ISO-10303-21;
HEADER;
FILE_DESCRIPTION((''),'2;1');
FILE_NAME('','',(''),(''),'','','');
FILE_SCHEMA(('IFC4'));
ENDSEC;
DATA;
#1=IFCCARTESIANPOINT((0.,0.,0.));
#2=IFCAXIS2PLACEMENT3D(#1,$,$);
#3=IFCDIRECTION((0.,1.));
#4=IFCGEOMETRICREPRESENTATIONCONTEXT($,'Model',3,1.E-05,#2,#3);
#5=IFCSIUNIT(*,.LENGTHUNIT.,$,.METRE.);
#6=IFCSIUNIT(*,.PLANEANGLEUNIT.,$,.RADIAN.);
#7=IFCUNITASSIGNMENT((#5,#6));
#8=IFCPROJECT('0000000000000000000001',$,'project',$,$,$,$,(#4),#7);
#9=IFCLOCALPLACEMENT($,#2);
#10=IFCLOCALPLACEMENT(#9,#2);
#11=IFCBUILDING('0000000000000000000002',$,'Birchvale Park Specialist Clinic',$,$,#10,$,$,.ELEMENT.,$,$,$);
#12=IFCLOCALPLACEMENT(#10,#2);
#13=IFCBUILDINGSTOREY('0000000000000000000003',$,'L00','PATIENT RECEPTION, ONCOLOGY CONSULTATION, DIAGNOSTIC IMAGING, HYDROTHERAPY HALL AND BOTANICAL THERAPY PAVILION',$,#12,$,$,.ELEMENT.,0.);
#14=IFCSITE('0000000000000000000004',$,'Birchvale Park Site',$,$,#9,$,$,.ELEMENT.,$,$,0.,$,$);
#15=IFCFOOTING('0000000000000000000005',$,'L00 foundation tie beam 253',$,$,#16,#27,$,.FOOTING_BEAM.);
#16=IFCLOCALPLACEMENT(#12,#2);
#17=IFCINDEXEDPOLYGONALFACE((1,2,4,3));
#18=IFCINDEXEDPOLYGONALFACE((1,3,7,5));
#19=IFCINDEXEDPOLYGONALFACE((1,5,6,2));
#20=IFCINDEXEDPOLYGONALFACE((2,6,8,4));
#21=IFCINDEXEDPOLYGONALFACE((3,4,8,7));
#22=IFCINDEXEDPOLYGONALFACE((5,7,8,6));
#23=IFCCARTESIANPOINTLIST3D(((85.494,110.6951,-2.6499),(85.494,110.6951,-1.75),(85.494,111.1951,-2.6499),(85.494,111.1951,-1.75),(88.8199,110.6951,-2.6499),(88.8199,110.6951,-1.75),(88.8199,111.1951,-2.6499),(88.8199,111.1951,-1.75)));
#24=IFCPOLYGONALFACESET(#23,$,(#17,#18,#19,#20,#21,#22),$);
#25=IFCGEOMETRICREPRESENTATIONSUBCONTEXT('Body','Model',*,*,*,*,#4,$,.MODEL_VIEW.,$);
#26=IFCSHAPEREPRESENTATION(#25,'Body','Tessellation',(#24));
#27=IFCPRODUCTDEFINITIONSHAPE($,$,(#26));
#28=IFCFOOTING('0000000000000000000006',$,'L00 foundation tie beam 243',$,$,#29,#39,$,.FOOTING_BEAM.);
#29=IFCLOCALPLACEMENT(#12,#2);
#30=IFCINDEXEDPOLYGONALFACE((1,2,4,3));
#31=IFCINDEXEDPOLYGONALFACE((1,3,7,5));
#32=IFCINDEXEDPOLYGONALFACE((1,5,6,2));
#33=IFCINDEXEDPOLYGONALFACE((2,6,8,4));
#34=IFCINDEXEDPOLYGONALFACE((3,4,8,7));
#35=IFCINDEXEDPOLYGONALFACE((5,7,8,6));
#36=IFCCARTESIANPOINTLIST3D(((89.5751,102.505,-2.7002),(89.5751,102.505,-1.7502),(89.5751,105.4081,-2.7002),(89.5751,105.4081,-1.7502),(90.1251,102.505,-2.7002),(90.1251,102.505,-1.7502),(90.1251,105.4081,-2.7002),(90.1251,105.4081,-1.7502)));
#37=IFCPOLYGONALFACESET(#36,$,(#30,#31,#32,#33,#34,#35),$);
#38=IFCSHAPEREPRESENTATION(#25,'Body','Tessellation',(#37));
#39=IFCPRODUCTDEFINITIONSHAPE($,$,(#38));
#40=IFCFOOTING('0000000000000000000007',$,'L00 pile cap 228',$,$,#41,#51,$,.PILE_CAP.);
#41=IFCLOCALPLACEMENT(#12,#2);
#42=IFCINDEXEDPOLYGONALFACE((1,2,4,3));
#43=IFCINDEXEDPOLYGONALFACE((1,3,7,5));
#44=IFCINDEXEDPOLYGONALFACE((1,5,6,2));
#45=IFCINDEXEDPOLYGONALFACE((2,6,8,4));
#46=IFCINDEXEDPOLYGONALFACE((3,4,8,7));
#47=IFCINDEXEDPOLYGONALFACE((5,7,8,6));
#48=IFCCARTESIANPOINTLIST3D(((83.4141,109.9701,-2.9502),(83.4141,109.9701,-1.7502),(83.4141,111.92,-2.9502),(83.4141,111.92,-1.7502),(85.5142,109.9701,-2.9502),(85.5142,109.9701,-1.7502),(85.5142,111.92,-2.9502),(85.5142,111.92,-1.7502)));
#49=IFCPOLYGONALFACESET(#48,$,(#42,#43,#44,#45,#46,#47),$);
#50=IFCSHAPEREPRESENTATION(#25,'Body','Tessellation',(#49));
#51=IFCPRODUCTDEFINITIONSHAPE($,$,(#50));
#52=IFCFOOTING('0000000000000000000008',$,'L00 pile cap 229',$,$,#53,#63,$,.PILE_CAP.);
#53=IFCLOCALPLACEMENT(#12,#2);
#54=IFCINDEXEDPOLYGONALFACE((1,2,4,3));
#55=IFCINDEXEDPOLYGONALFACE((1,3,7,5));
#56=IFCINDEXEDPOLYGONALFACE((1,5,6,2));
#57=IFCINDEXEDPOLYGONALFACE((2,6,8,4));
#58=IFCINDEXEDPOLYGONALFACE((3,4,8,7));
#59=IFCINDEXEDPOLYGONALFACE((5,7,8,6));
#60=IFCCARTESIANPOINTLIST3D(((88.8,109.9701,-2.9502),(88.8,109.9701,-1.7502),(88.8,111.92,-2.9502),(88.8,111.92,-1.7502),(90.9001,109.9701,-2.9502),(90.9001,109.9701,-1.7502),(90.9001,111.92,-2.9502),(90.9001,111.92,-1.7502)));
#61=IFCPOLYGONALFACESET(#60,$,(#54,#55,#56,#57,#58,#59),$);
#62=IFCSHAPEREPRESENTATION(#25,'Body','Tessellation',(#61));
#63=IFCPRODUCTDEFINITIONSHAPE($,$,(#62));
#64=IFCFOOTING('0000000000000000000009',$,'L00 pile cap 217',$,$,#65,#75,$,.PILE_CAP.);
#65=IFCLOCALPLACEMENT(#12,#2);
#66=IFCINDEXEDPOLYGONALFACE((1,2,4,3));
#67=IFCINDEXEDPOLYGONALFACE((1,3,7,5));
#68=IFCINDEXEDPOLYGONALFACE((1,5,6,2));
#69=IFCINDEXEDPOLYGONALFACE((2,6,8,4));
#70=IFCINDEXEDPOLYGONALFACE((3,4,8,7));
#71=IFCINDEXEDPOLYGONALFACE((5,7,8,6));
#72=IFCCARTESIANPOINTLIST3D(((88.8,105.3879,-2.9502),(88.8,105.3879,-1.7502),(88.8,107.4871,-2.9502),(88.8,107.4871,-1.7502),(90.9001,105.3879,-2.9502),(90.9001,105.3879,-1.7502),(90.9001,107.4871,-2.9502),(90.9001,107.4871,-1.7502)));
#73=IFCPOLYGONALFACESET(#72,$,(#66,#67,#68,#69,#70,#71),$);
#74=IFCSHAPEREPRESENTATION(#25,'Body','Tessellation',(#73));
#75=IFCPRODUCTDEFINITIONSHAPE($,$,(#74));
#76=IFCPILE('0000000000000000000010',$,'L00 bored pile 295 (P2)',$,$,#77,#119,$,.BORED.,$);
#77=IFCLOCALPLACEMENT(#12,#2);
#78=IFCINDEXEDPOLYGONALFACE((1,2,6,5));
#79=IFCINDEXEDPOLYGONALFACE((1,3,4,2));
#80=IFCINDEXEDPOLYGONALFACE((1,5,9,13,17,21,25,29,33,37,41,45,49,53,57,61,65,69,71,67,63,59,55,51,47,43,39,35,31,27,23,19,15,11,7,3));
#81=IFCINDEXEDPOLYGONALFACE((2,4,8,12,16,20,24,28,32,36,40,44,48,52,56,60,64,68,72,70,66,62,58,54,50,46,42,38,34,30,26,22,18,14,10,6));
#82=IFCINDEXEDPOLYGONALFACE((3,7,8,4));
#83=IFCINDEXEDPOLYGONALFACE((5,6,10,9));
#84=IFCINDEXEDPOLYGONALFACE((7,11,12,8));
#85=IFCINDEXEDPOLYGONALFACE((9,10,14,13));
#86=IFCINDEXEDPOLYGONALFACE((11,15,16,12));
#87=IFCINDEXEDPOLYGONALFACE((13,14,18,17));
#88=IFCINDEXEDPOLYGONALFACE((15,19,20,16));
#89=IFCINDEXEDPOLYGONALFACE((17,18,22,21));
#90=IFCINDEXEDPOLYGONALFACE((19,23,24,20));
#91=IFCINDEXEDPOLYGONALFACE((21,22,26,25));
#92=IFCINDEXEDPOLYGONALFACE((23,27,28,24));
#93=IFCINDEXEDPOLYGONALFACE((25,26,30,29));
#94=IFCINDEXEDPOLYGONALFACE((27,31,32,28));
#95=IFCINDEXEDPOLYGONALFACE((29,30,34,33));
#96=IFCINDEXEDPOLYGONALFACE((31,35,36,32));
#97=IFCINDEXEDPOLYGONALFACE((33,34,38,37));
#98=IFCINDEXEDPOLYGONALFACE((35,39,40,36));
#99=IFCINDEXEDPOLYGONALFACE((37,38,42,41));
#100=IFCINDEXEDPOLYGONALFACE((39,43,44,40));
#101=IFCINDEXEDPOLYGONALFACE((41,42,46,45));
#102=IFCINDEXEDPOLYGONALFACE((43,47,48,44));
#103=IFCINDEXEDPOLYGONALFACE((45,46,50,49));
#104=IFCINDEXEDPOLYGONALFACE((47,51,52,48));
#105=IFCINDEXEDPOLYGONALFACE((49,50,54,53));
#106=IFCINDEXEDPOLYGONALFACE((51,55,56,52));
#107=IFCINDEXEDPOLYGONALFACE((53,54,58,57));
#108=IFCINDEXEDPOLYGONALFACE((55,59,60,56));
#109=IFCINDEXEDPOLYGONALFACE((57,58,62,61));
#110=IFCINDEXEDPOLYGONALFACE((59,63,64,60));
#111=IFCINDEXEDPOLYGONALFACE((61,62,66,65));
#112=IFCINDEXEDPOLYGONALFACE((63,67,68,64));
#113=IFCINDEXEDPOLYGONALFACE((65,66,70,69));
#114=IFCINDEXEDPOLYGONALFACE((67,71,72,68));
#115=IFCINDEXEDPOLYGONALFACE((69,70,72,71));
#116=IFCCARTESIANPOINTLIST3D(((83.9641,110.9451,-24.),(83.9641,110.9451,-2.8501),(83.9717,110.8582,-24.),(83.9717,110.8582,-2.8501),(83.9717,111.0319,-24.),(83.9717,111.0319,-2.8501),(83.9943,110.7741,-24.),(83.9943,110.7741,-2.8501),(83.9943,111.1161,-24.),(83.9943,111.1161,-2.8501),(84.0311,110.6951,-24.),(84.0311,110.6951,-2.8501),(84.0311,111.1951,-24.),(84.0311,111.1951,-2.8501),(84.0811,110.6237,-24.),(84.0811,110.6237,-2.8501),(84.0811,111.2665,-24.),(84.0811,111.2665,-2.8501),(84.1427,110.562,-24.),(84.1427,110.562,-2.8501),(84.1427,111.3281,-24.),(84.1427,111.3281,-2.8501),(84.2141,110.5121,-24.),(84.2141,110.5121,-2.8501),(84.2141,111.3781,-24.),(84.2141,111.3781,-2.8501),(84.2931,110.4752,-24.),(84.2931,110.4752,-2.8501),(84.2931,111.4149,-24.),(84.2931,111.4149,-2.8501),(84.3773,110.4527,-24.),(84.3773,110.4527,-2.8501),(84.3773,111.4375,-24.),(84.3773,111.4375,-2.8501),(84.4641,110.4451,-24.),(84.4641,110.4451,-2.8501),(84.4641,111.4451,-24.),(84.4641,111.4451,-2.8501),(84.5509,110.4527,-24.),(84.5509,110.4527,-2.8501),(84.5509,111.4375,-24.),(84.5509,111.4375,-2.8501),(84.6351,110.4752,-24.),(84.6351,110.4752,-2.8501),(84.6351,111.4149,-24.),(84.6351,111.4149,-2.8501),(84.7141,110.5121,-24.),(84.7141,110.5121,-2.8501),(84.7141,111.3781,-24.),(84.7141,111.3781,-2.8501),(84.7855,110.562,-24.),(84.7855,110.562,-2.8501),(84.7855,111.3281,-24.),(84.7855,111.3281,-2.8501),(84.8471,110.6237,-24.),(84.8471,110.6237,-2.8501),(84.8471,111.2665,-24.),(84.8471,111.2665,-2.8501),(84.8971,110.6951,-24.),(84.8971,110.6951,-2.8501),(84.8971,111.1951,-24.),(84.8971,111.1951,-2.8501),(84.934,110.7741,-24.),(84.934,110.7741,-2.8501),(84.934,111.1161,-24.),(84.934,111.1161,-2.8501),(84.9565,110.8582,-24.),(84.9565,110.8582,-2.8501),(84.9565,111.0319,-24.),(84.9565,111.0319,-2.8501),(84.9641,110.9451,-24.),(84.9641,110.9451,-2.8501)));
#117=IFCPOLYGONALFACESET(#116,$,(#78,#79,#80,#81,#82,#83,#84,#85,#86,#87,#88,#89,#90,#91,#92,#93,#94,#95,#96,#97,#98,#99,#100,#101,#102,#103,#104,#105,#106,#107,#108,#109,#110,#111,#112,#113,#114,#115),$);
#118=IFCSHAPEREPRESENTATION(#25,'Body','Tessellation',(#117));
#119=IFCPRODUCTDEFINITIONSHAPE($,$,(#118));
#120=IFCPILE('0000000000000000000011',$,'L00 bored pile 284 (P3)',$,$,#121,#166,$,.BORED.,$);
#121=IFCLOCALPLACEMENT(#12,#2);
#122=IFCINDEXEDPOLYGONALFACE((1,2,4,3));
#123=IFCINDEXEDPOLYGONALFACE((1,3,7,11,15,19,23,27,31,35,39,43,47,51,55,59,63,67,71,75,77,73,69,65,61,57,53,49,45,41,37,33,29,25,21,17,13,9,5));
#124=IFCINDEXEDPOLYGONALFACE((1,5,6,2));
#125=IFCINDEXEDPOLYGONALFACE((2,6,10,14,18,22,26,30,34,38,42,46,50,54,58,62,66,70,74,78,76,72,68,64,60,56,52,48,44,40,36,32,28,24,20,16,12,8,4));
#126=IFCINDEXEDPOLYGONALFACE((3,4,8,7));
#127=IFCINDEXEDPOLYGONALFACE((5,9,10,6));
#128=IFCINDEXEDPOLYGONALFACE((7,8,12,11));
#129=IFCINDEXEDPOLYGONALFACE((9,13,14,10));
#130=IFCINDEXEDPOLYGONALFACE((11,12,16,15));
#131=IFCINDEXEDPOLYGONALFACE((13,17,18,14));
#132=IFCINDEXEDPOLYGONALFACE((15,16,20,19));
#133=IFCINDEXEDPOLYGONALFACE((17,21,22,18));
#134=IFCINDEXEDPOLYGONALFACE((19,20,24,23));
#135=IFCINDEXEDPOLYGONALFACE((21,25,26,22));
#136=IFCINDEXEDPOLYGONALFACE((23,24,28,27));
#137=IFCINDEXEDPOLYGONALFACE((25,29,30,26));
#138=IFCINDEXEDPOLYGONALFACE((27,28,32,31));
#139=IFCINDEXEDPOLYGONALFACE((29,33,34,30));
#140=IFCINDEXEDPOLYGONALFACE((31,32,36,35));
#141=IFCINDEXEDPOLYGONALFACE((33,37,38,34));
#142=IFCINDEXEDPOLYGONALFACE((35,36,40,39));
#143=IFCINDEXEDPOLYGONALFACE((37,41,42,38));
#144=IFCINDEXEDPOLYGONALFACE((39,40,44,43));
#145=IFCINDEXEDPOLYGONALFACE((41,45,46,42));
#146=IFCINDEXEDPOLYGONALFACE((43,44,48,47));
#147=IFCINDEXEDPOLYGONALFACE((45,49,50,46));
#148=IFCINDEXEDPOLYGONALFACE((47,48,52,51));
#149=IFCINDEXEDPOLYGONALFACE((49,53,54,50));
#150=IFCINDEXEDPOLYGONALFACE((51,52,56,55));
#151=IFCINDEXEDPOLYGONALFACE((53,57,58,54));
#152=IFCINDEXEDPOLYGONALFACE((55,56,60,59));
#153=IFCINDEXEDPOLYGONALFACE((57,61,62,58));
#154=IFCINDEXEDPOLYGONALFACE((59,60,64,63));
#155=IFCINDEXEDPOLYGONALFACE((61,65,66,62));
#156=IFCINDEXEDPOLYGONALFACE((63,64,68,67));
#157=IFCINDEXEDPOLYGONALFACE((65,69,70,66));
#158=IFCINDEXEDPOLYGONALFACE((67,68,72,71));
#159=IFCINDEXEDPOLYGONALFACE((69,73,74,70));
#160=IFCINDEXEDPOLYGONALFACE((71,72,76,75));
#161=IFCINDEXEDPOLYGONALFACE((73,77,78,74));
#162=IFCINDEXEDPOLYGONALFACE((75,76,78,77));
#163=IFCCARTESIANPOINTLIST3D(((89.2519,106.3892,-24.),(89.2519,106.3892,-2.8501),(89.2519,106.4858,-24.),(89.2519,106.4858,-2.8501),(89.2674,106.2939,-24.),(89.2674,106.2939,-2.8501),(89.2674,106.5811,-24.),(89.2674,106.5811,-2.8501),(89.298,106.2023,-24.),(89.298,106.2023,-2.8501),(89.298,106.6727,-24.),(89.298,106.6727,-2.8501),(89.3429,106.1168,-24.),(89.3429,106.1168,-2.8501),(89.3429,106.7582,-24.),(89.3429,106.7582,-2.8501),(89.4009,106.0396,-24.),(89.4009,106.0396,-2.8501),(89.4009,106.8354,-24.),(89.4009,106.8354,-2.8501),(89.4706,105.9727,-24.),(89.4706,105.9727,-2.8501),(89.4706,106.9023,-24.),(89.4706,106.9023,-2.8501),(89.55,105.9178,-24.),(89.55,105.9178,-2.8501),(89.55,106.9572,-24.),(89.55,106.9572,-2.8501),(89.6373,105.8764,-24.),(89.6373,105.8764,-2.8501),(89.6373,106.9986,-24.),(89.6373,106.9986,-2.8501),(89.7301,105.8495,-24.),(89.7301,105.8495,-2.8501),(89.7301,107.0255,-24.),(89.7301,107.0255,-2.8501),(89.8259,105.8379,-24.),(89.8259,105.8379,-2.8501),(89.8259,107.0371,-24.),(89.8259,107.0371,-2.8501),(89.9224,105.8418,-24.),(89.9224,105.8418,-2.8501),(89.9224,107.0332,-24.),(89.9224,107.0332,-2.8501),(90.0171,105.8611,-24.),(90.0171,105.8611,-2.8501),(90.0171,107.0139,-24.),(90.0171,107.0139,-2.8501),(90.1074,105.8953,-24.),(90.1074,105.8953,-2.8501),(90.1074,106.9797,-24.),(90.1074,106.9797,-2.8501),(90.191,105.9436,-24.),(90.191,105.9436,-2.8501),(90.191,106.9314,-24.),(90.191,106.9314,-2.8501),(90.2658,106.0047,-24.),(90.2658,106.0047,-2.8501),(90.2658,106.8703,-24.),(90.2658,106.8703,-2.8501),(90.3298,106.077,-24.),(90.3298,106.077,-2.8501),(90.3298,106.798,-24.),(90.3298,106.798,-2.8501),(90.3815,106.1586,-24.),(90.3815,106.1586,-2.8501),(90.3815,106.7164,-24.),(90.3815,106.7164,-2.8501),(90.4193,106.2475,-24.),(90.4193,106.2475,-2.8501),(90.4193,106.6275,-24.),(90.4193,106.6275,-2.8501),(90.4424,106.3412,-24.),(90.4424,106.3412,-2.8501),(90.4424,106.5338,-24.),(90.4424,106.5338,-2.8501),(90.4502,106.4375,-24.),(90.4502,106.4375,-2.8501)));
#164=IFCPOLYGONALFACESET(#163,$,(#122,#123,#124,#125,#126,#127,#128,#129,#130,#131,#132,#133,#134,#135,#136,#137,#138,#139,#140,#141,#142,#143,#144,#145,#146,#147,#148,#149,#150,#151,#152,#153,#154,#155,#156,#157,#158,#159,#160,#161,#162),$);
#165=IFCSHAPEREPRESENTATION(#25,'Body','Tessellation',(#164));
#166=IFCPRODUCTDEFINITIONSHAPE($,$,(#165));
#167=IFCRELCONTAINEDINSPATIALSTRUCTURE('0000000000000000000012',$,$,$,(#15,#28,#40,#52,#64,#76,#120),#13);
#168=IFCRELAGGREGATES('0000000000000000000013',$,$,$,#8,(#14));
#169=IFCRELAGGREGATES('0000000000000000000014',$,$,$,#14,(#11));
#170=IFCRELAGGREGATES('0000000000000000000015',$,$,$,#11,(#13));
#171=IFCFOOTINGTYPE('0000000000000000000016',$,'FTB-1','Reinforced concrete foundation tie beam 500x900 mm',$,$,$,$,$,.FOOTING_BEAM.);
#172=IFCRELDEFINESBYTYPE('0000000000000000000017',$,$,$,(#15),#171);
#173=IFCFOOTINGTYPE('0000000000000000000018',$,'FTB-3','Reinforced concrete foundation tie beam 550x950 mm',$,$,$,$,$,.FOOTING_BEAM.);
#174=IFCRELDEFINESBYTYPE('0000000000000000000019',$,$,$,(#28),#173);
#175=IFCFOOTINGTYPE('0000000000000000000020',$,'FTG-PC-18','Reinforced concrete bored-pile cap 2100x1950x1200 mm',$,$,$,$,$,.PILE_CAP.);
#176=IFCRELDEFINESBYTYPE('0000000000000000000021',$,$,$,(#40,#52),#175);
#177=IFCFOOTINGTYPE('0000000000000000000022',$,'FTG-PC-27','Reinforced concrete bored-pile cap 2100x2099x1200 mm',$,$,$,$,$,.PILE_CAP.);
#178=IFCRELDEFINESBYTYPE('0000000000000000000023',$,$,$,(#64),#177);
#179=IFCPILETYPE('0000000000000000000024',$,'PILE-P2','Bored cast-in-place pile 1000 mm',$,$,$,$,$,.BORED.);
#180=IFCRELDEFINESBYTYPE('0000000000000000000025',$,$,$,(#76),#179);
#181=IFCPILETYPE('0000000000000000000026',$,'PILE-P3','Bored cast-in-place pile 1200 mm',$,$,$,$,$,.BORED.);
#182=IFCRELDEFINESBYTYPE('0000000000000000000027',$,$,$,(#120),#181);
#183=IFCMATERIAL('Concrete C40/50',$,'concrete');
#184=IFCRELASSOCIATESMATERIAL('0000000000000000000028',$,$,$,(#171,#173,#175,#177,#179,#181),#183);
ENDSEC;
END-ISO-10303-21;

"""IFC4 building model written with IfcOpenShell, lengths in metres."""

from ifc_helpers import new_model, si_unit, direction, frame, origin, origin_2d, place, context, subcontext, project, spatial, rectangle, circle, extrude, material, material_profile, profile_set, type_object, element, save


model = new_model("IFC4")

# Units and contexts
model_context = context("Model", 3, precision=1e-05, world=origin(), true_north=direction((0.0, 1.0)))
body_context = subcontext(model_context, "Body", "Model", "MODEL_VIEW")
ifc_project = project(units=[si_unit("LENGTHUNIT", "METRE"), si_unit("PLANEANGLEUNIT", "RADIAN")], contexts=[model_context])

# Site, building, storey
site_placement = place(None, origin())
site = spatial("IfcSite", under=ifc_project, at=site_placement, Name="Birchvale Park Site", CompositionType="ELEMENT", RefElevation=0.0)
building_placement = place(site_placement, origin())
building = spatial("IfcBuilding", under=site, at=building_placement, Name="Birchvale Park Specialist Clinic", CompositionType="ELEMENT")
storey_placement = place(building_placement, origin())
storey = spatial("IfcBuildingStorey", under=building, at=storey_placement, Name="L00", Description="PATIENT RECEPTION, ONCOLOGY CONSULTATION, DIAGNOSTIC IMAGING, HYDROTHERAPY HALL AND BOTANICAL THERAPY PAVILION", CompositionType="ELEMENT", Elevation=0.0)

# Footings
ifc_material_1 = material(Name="Concrete C40/50", Category="concrete")
footing_type_1 = type_object("IfcFootingType", Name="FTB-1", Description="Reinforced concrete foundation tie beam 500x900 mm", PredefinedType="FOOTING_BEAM", material=ifc_material_1)
footing_1_placement = place(storey_placement, frame((87.157, 110.9451, -2.6499), z_axis=(0.0, 0.0, 1.0), x_axis=(1.0, 0.0, 0.0)))
element("IfcFooting", 1, at=footing_1_placement, inside=storey, type_object=footing_type_1, Name="L00 foundation tie beam 253", PredefinedType="FOOTING_BEAM", context=body_context, shape_type="SweptSolid", body=[
    extrude(rectangle(XDim=3.3259, YDim=0.5, at=origin_2d()), origin(), (0.0, 0.0, 1.0), 0.8999),
])
footing_type_2 = type_object("IfcFootingType", Name="FTB-3", Description="Reinforced concrete foundation tie beam 550x950 mm", PredefinedType="FOOTING_BEAM", material=ifc_material_1)
footing_2_placement = place(storey_placement, frame((89.8501, 103.9565, -2.7002), z_axis=(0.0, 0.0, 1.0), x_axis=(1.0, 0.0, 0.0)))
element("IfcFooting", 2, at=footing_2_placement, inside=storey, type_object=footing_type_2, Name="L00 foundation tie beam 243", PredefinedType="FOOTING_BEAM", context=body_context, shape_type="SweptSolid", body=[
    extrude(rectangle(XDim=0.55, YDim=2.9031, at=origin_2d()), origin(), (0.0, 0.0, 1.0), 0.95),
])
footing_type_3 = type_object("IfcFootingType", Name="FTG-PC-18", Description="Reinforced concrete bored-pile cap 2100x1950x1200 mm", PredefinedType="PILE_CAP", material=ifc_material_1)
for number, where, z_axis, x_axis, name in (
    (3, (84.4641, 110.9451, -2.9502), (0.0, 0.0, 1.0), (1.0, 0.0, 0.0), "L00 pile cap 228"),
    (4, (89.8501, 110.9451, -2.9502), (0.0, 0.0, 1.0), (1.0, 0.0, 0.0), "L00 pile cap 229"),
):
    element("IfcFooting", number, at=place(storey_placement, frame(where, z_axis=z_axis, x_axis=x_axis)), inside=storey, type_object=footing_type_3, Name=name, PredefinedType="PILE_CAP", context=body_context, shape_type="SweptSolid", body=[
        extrude(rectangle(XDim=2.1001, YDim=1.95, at=origin_2d()), origin(), (0.0, 0.0, 1.0), 1.2),
    ])
footing_type_4 = type_object("IfcFootingType", Name="FTG-PC-27", Description="Reinforced concrete bored-pile cap 2100x2099x1200 mm", PredefinedType="PILE_CAP", material=ifc_material_1)
footing_3_placement = place(storey_placement, frame((89.8501, 106.4375, -2.9502), z_axis=(0.0, 0.0, 1.0), x_axis=(1.0, 0.0, 0.0)))
element("IfcFooting", 5, at=footing_3_placement, inside=storey, type_object=footing_type_4, Name="L00 pile cap 217", PredefinedType="PILE_CAP", context=body_context, shape_type="SweptSolid", body=[
    extrude(rectangle(XDim=2.1001, YDim=2.0991, at=origin_2d()), origin(), (0.0, 0.0, 1.0), 1.2),
])

# Piles
ifc_material_profile_1 = material_profile(ifc_material_1, circle(Radius=0.5, at=origin_2d()), Name="PILE-1000")
ifc_profile_set_1 = profile_set([ifc_material_profile_1], Name="Concrete C40/50")
pile_type_1 = type_object("IfcPileType", Name="PILE-P2", Description="Bored cast-in-place pile 1000 mm", PredefinedType="BORED", material=ifc_profile_set_1)
pile_placement = place(storey_placement, frame((84.4641, 110.9451, -2.8501), z_axis=(0.0, 0.0, -1.0), x_axis=(1.0, 0.0, 0.0)))
element("IfcPile", 6, at=pile_placement, inside=storey, type_object=pile_type_1, Name="L00 bored pile 295 (P2)", PredefinedType="BORED", context=body_context, shape_type="SweptSolid", body=[
    extrude(circle(Radius=0.5, at=origin_2d()), origin(), (0.0, 0.0, 1.0), 21.1499),
])
ifc_material_profile_2 = material_profile(ifc_material_1, circle(Radius=0.6001, at=origin_2d()), Name="PILE-1200")
ifc_profile_set_2 = profile_set([ifc_material_profile_2], Name="Concrete C40/50")
pile_type_2 = type_object("IfcPileType", Name="PILE-P3", Description="Bored cast-in-place pile 1200 mm", PredefinedType="BORED", material=ifc_profile_set_2)
for number, where, z_axis, x_axis, name in (
    (7, (89.8501, 106.4375, -2.8501), (0.0, 0.0, -1.0), (1.0, 0.0, 0.0), "L00 bored pile 284 (P3)"),
):
    element("IfcPile", number, at=place(storey_placement, frame(where, z_axis=z_axis, x_axis=x_axis)), inside=storey, type_object=pile_type_2, Name=name, PredefinedType="BORED", context=body_context, shape_type="SweptSolid", body=[
        extrude(circle(Radius=0.6001, at=origin_2d()), origin(), (0.0, 0.0, 1.0), 21.1499),
    ])

save(model, "model.ifc")
